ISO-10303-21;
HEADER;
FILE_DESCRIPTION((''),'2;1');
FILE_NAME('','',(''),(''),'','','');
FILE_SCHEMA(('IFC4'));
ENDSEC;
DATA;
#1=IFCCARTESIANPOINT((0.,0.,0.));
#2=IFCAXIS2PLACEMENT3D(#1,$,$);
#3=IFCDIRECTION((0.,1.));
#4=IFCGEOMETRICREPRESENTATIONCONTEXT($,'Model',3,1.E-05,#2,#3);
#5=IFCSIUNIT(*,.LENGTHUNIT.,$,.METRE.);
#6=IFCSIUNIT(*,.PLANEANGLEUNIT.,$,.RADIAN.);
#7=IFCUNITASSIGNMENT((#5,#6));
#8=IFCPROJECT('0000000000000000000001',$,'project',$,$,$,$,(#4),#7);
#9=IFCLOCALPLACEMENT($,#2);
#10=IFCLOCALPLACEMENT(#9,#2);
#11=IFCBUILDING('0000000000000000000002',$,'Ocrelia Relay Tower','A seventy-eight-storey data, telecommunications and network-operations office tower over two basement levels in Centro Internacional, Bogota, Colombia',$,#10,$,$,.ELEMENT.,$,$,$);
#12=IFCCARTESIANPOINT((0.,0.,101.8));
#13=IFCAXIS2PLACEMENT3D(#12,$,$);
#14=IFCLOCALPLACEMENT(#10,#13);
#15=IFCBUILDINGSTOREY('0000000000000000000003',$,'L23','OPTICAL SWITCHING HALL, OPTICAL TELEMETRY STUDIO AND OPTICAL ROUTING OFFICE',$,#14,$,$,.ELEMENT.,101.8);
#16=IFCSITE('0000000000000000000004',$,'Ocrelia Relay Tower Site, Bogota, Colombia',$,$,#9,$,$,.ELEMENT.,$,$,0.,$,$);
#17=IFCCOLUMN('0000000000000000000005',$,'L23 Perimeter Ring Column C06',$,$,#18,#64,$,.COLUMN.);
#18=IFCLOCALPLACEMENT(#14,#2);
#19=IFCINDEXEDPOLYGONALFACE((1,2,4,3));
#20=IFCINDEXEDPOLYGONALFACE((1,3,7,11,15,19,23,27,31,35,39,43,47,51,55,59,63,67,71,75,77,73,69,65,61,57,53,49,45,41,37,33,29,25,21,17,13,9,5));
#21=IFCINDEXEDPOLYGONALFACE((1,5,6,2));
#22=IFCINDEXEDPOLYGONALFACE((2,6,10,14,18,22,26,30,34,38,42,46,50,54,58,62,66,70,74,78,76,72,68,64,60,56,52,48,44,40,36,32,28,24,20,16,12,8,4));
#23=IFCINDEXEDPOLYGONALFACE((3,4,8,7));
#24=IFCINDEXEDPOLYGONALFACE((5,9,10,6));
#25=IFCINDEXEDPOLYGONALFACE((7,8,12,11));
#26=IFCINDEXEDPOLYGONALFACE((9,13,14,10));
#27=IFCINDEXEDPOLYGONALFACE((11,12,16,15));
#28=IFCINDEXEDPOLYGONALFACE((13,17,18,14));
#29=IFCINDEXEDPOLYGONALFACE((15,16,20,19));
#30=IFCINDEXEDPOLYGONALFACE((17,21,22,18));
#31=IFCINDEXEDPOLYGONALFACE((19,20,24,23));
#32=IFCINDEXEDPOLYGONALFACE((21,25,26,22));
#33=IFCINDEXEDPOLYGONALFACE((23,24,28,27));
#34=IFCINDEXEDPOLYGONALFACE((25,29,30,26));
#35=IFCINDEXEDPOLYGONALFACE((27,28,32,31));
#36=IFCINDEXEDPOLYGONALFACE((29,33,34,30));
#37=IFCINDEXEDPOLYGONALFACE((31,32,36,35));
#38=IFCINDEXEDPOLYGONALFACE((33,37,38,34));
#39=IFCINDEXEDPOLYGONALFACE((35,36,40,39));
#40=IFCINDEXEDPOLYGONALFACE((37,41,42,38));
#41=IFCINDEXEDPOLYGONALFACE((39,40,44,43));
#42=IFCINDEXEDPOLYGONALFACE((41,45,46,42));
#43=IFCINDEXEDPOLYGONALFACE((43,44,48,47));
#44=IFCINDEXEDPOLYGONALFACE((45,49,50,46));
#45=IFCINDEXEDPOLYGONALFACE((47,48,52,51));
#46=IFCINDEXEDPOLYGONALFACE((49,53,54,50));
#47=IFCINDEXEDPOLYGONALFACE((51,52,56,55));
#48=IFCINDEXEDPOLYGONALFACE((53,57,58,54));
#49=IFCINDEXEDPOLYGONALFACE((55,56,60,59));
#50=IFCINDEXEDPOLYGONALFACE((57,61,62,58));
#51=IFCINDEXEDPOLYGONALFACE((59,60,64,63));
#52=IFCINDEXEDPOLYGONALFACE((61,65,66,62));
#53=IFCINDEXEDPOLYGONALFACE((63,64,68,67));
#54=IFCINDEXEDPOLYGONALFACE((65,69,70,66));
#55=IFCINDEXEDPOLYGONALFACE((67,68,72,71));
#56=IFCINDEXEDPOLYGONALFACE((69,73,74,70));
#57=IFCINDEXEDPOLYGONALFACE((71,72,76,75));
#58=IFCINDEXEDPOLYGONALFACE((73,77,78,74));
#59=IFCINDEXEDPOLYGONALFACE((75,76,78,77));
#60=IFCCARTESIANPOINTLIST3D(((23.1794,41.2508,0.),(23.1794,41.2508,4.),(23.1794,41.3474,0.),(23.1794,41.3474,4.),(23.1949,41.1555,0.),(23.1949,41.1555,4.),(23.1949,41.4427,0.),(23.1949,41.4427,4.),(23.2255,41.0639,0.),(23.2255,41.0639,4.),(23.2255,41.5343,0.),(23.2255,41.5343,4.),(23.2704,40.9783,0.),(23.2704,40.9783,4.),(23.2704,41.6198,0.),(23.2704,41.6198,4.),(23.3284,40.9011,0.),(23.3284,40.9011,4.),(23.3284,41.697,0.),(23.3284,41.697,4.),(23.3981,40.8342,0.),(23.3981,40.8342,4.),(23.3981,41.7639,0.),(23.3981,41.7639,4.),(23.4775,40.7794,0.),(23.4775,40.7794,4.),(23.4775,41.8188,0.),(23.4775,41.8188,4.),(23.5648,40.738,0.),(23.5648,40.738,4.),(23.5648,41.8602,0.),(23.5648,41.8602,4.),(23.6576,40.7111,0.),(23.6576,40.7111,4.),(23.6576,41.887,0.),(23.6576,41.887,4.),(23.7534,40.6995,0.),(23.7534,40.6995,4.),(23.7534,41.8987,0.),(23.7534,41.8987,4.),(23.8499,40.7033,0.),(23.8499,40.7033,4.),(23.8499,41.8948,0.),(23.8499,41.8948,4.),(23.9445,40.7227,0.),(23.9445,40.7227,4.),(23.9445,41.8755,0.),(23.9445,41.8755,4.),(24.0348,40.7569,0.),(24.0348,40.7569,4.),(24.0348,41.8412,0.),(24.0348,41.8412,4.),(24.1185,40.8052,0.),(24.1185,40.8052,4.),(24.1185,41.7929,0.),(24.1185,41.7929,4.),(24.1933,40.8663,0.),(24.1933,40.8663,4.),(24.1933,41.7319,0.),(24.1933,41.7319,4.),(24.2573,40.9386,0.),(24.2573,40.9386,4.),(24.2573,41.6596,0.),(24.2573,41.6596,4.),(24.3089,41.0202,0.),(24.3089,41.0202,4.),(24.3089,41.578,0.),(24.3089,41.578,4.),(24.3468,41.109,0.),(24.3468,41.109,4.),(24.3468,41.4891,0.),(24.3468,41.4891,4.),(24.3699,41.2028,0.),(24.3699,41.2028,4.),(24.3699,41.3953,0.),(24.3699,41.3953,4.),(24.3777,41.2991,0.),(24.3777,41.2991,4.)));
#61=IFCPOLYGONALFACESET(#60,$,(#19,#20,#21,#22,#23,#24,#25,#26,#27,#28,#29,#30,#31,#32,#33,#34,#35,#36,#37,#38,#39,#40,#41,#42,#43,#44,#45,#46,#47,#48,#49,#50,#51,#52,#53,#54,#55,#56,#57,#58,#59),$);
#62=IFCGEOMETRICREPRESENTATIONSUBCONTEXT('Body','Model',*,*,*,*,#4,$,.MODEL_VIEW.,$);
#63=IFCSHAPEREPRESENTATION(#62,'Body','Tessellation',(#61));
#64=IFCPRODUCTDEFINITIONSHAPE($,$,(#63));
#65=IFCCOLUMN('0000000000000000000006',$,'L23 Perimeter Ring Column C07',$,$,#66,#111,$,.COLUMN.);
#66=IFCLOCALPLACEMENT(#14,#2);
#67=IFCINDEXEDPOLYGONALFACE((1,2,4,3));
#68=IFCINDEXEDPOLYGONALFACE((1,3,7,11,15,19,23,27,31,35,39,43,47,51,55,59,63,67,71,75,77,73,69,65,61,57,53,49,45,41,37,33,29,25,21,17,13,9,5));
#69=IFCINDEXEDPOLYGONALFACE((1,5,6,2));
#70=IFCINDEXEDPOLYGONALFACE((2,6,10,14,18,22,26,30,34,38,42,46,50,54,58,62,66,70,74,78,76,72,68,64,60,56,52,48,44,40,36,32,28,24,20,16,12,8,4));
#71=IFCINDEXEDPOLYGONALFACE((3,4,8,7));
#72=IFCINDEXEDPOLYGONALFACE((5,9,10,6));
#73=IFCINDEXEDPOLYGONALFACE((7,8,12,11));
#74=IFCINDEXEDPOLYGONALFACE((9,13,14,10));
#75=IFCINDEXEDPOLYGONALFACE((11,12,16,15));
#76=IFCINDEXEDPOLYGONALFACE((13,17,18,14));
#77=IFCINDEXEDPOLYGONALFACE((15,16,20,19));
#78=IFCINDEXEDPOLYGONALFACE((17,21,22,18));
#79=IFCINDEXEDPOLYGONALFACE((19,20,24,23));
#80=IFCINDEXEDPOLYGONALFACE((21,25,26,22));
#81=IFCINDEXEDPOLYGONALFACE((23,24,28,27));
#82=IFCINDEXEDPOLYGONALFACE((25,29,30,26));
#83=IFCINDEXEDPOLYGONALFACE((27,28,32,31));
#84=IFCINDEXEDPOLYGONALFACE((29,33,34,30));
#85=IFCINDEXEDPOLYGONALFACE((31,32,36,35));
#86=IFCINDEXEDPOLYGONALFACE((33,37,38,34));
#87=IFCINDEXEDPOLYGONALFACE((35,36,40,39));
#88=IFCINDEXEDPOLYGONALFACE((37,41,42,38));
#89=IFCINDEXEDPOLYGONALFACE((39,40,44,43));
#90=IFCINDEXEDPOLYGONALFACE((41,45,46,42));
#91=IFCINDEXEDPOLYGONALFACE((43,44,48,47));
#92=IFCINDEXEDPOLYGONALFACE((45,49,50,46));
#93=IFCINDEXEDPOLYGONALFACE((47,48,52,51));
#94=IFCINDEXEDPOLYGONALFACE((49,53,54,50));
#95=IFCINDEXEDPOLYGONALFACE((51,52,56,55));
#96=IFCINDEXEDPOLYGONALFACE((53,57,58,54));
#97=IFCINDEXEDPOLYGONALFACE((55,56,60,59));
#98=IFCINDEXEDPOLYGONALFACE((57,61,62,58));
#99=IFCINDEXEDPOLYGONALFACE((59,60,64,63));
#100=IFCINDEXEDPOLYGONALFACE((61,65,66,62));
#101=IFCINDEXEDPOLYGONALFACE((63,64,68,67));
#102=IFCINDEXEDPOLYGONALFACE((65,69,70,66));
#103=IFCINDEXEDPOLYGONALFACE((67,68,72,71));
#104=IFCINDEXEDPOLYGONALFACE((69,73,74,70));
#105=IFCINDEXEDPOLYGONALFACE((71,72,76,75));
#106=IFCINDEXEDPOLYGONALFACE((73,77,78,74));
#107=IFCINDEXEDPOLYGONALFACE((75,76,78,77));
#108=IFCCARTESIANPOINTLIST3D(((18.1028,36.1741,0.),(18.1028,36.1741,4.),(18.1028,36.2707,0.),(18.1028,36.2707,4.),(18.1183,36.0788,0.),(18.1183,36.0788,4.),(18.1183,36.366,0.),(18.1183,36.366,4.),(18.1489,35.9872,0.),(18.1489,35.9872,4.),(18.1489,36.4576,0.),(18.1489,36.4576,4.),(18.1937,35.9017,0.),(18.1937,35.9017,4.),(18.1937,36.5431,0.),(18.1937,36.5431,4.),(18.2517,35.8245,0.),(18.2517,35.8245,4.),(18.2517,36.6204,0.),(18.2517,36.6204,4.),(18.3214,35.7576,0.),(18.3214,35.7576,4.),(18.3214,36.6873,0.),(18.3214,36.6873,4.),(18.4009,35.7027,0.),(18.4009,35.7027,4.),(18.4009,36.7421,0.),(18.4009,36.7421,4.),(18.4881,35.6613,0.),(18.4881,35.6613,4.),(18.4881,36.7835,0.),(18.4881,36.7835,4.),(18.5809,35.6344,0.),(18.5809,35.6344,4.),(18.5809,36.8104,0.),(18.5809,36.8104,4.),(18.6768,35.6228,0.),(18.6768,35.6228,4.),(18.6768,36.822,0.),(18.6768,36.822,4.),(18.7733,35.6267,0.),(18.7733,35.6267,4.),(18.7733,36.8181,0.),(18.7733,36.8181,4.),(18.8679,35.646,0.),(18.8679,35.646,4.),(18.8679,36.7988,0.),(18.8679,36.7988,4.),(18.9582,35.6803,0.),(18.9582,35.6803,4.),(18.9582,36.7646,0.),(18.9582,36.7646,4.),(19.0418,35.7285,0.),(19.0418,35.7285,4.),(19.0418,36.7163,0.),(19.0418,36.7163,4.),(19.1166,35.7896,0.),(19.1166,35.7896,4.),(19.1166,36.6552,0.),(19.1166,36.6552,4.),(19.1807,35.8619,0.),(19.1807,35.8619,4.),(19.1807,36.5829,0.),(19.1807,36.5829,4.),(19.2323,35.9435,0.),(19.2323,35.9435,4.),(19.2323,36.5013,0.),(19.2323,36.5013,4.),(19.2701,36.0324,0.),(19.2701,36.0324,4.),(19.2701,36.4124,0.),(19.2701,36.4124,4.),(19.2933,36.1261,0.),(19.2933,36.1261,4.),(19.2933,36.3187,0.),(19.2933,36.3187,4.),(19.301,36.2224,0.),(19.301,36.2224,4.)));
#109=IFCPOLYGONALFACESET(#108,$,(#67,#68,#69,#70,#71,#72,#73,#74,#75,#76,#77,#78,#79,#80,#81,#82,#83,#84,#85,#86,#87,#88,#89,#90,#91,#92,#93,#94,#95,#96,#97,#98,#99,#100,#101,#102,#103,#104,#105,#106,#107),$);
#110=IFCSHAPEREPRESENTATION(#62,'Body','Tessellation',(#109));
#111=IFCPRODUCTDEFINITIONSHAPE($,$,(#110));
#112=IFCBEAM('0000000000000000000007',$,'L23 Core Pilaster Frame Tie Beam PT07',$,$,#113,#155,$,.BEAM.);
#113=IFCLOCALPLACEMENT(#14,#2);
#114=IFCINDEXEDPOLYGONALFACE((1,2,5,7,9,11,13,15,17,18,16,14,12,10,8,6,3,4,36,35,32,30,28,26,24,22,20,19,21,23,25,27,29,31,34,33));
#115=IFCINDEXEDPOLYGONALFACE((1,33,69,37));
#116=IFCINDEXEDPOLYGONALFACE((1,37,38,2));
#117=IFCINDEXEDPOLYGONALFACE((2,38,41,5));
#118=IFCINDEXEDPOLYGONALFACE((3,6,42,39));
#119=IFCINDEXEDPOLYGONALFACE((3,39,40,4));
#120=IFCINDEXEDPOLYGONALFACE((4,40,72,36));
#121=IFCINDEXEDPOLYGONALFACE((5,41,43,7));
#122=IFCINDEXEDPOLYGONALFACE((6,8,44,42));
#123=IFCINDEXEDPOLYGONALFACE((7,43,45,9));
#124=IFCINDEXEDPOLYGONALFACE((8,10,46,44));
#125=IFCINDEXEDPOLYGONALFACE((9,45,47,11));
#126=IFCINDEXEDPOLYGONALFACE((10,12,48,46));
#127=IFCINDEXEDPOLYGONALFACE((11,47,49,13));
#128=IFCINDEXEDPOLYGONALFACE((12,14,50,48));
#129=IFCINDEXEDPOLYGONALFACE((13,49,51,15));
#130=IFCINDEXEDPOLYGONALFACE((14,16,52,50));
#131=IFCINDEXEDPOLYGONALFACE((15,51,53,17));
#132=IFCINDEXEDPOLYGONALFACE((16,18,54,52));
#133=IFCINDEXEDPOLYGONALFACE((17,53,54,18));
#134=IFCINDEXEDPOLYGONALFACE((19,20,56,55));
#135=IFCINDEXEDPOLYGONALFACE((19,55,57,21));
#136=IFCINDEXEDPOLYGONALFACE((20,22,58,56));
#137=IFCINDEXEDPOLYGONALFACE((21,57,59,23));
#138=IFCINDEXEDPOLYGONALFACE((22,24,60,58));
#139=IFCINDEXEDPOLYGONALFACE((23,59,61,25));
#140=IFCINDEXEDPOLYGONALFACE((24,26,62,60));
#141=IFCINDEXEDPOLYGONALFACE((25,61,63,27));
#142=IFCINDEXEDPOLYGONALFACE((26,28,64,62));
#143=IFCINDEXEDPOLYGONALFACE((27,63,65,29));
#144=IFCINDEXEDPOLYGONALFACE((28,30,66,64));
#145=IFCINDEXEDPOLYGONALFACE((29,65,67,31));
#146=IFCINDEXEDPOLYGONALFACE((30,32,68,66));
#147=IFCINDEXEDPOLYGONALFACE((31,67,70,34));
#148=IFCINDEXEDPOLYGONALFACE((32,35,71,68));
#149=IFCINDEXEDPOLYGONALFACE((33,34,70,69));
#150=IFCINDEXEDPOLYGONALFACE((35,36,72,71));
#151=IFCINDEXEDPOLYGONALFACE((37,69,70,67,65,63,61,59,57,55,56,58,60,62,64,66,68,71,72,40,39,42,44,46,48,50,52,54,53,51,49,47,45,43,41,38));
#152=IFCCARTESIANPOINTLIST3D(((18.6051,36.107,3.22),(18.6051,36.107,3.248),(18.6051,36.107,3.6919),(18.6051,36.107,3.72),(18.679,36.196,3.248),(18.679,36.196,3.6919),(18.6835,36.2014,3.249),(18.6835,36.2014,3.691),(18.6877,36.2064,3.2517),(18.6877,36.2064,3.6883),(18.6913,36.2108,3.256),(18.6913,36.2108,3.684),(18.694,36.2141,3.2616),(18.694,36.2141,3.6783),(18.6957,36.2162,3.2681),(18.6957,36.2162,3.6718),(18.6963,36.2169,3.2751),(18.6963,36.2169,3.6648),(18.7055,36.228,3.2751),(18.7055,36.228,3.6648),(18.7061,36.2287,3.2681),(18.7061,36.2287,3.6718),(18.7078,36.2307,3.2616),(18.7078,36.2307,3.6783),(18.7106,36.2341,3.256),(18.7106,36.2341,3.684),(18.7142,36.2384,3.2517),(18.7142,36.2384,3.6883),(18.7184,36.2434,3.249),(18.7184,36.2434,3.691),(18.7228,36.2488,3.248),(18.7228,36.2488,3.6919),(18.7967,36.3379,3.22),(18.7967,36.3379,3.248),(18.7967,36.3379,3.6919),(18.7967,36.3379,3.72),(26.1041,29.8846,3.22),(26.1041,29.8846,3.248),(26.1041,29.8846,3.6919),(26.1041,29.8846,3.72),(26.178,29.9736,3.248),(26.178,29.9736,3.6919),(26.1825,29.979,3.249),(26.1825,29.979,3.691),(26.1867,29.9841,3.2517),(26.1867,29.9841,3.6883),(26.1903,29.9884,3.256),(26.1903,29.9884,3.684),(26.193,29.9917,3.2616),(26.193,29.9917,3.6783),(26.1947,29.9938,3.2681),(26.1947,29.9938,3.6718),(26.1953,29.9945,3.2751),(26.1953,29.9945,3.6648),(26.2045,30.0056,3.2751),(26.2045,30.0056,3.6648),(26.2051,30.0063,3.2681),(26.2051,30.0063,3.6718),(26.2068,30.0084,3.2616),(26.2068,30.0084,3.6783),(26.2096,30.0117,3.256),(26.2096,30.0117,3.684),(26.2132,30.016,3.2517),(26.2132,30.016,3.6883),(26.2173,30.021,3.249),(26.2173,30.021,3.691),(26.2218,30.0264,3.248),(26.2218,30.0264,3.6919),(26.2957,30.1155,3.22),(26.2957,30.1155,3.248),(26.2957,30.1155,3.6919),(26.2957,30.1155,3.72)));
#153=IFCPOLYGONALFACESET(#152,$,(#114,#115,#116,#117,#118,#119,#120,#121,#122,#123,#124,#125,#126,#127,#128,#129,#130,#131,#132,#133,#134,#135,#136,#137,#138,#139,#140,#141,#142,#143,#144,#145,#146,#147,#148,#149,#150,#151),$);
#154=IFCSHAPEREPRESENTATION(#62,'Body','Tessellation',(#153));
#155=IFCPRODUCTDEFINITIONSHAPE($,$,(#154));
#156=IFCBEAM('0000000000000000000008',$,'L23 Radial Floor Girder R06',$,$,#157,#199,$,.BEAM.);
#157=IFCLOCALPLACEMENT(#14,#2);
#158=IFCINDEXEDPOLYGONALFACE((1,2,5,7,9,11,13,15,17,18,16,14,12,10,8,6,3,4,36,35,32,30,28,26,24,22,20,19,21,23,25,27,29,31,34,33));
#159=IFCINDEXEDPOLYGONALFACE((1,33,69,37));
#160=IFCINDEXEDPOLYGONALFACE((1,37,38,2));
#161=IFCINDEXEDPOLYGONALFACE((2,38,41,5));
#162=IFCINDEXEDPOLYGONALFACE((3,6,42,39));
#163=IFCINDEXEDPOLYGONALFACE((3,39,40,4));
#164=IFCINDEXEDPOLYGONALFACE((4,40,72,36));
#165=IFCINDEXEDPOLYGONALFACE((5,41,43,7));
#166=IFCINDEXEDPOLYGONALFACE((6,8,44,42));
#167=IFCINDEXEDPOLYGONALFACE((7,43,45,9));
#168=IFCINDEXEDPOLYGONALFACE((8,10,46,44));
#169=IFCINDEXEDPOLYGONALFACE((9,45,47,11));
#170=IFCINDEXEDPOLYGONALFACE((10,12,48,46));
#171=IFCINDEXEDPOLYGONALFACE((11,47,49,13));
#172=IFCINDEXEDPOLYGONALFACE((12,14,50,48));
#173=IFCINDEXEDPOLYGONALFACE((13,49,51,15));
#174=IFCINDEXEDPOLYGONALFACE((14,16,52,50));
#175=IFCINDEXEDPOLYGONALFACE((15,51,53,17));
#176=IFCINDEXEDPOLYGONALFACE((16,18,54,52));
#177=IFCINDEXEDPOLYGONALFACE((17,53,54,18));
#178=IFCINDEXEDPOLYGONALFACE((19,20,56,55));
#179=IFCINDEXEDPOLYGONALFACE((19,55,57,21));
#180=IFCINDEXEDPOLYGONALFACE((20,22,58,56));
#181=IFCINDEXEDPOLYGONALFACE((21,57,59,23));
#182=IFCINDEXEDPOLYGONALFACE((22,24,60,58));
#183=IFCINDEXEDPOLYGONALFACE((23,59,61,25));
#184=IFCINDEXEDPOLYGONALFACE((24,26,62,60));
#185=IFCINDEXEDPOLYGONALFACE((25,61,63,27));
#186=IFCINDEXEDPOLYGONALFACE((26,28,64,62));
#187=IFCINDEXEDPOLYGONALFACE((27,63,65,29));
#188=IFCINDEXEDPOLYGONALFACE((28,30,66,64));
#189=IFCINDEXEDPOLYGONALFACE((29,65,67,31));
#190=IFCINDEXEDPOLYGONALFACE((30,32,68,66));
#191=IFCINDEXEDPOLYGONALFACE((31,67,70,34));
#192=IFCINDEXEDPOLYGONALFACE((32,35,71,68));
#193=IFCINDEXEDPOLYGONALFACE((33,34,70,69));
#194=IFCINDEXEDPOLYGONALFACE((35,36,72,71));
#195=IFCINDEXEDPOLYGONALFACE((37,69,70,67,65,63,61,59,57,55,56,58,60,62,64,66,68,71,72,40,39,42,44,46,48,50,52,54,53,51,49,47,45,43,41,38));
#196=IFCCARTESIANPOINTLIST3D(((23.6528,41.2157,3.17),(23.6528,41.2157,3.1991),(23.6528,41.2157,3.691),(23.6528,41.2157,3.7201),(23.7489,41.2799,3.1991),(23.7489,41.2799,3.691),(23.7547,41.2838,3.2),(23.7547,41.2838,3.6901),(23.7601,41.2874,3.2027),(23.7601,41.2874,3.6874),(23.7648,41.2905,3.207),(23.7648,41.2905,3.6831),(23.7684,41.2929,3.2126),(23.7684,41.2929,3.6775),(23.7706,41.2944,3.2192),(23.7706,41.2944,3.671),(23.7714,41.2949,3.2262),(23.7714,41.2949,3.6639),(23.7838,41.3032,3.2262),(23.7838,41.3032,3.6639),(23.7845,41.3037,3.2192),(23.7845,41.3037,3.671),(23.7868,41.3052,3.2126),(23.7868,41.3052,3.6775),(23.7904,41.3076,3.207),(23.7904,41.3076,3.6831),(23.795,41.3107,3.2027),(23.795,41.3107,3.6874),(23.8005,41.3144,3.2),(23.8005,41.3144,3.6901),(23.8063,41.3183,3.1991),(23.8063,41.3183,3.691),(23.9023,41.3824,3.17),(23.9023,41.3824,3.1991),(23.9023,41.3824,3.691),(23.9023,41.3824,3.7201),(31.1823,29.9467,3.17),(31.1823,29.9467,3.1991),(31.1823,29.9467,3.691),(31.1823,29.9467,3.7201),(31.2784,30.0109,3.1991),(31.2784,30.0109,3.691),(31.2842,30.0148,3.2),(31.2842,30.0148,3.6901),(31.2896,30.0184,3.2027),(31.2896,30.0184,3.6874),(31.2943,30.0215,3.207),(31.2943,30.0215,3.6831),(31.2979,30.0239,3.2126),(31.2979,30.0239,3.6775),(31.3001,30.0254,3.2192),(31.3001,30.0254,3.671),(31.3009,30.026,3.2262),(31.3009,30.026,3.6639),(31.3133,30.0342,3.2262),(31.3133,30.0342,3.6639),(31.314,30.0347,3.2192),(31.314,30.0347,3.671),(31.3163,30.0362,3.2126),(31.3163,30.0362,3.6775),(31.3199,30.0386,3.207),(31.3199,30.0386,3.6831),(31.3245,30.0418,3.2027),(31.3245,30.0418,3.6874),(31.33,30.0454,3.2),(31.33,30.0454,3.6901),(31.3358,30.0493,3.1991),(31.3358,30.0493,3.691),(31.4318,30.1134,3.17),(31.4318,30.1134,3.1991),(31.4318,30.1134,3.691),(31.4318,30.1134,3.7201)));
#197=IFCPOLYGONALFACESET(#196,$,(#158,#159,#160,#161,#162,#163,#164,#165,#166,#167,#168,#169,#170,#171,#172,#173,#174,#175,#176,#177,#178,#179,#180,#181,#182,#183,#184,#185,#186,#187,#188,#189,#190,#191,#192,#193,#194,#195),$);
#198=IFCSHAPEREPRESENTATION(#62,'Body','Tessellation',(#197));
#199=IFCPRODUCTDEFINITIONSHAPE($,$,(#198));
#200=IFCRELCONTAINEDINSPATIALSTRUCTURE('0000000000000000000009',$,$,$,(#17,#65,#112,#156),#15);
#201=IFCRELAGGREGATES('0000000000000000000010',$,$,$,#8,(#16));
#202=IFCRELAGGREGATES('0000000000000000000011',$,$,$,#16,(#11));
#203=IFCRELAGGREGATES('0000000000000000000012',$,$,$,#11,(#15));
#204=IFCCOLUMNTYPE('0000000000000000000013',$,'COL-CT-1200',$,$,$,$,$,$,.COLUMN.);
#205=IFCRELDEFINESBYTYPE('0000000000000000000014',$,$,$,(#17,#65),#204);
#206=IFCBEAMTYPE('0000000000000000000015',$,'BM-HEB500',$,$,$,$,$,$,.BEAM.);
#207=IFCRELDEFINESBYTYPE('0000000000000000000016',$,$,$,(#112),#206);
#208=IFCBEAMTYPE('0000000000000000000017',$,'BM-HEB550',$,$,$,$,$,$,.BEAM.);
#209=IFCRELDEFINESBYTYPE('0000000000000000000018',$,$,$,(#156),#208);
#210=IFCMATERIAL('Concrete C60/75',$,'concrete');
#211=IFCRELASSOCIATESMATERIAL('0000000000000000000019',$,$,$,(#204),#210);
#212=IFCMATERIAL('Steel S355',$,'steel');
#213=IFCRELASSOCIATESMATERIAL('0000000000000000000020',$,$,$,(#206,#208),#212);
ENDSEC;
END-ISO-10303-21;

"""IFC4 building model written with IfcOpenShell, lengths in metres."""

from ifc_helpers import new_model, si_unit, direction, frame, origin, origin_2d, place, context, subcontext, project, spatial, circle, i_section, extrude, material, material_profile, profile_set, type_object, element, save


model = new_model("IFC4")

# Units and contexts
model_context = context("Model", 3, precision=1e-05, world=origin(), true_north=direction((0.0, 1.0)))
body_context = subcontext(model_context, "Body", "Model", "MODEL_VIEW")
ifc_project = project(units=[si_unit("LENGTHUNIT", "METRE"), si_unit("PLANEANGLEUNIT", "RADIAN")], contexts=[model_context])

# Site, building, storey
site_placement = place(None, origin())
site = spatial("IfcSite", under=ifc_project, at=site_placement, Name="Ocrelia Relay Tower Site, Bogota, Colombia", CompositionType="ELEMENT", RefElevation=0.0)
building_placement = place(site_placement, origin())
building = spatial("IfcBuilding", under=site, at=building_placement, Name="Ocrelia Relay Tower", Description="A seventy-eight-storey data, telecommunications and network-operations office tower over two basement levels in Centro Internacional, Bogota, Colombia", CompositionType="ELEMENT")
storey_placement = place(building_placement, frame((0.0, 0.0, 101.8)))
storey = spatial("IfcBuildingStorey", under=building, at=storey_placement, Name="L23", Description="OPTICAL SWITCHING HALL, OPTICAL TELEMETRY STUDIO AND OPTICAL ROUTING OFFICE", CompositionType="ELEMENT", Elevation=101.8)

# Columns
ifc_material_1 = material(Name="Concrete C60/75", Category="concrete")
ifc_material_profile_1 = material_profile(ifc_material_1, circle(Radius=0.6001, at=origin_2d()), Name="RC-CIR-1200")
ifc_profile_set_1 = profile_set([ifc_material_profile_1], Name="Concrete C60/75")
column_type = type_object("IfcColumnType", Name="COL-CT-1200", PredefinedType="COLUMN", material=ifc_profile_set_1)
for number, where, z_axis, x_axis, name in (
    (1, (23.7776, 41.2991, 0.0), (0.0, 0.0, 1.0), (1.0, 0.0, 0.0), "L23 Perimeter Ring Column C06"),
    (2, (18.7009, 36.2224, 0.0), (0.0, 0.0, 1.0), (1.0, 0.0, 0.0), "L23 Perimeter Ring Column C07"),
):
    element("IfcColumn", number, at=place(storey_placement, frame(where, z_axis=z_axis, x_axis=x_axis)), inside=storey, type_object=column_type, Name=name, PredefinedType="COLUMN", context=body_context, shape_type="SweptSolid", body=[
        extrude(circle(Radius=0.6001, at=origin_2d()), origin(), (0.0, 0.0, 1.0), 4.0),
    ])

# Beams
ifc_material_2 = material(Name="Steel S355", Category="steel")
ifc_material_profile_2 = material_profile(ifc_material_2, i_section(OverallWidth=0.3, OverallDepth=0.5, WebThickness=0.0144, FlangeThickness=0.0281, FilletRadius=0.0271, at=origin_2d()), Name="HEB 500")
ifc_profile_set_2 = profile_set([ifc_material_profile_2], Name="Steel S355")
beam_type_1 = type_object("IfcBeamType", Name="BM-HEB500", PredefinedType="BEAM", material=ifc_profile_set_2)
beam_1_placement = place(storey_placement, frame((18.7009, 36.2224, 3.47), z_axis=(0.769571, -0.638561, 0.0), x_axis=(0.638561, 0.769571, 0.0)))
element("IfcBeam", 3, at=beam_1_placement, inside=storey, type_object=beam_type_1, Name="L23 Core Pilaster Frame Tie Beam PT07", PredefinedType="BEAM", context=body_context, shape_type="SweptSolid", body=[
    extrude(i_section(OverallWidth=0.3, OverallDepth=0.5, WebThickness=0.0144, FlangeThickness=0.0281, FilletRadius=0.0271, at=origin_2d()), origin(), (0.0, 0.0, 1.0), 9.7444),
])
ifc_material_profile_3 = material_profile(ifc_material_2, i_section(OverallWidth=0.3, OverallDepth=0.55, WebThickness=0.0149, FlangeThickness=0.0291, FilletRadius=0.0271, at=origin_2d()), Name="HEB 550")
ifc_profile_set_3 = profile_set([ifc_material_profile_3], Name="Steel S355")
beam_type_2 = type_object("IfcBeamType", Name="BM-HEB550", PredefinedType="BEAM", material=ifc_profile_set_3)
beam_2_placement = place(storey_placement, frame((23.7776, 41.2991, 3.4451), z_axis=(0.55556, -0.831476, 0.0), x_axis=(0.831476, 0.55556, 0.0)))
element("IfcBeam", 4, at=beam_2_placement, inside=storey, type_object=beam_type_2, Name="L23 Radial Floor Girder R06", PredefinedType="BEAM", context=body_context, shape_type="SweptSolid", body=[
    extrude(i_section(OverallWidth=0.3, OverallDepth=0.55, WebThickness=0.0149, FlangeThickness=0.0291, FilletRadius=0.0271, at=origin_2d()), origin(), (0.0, 0.0, 1.0), 13.553),
])

save(model, "model.ifc")
